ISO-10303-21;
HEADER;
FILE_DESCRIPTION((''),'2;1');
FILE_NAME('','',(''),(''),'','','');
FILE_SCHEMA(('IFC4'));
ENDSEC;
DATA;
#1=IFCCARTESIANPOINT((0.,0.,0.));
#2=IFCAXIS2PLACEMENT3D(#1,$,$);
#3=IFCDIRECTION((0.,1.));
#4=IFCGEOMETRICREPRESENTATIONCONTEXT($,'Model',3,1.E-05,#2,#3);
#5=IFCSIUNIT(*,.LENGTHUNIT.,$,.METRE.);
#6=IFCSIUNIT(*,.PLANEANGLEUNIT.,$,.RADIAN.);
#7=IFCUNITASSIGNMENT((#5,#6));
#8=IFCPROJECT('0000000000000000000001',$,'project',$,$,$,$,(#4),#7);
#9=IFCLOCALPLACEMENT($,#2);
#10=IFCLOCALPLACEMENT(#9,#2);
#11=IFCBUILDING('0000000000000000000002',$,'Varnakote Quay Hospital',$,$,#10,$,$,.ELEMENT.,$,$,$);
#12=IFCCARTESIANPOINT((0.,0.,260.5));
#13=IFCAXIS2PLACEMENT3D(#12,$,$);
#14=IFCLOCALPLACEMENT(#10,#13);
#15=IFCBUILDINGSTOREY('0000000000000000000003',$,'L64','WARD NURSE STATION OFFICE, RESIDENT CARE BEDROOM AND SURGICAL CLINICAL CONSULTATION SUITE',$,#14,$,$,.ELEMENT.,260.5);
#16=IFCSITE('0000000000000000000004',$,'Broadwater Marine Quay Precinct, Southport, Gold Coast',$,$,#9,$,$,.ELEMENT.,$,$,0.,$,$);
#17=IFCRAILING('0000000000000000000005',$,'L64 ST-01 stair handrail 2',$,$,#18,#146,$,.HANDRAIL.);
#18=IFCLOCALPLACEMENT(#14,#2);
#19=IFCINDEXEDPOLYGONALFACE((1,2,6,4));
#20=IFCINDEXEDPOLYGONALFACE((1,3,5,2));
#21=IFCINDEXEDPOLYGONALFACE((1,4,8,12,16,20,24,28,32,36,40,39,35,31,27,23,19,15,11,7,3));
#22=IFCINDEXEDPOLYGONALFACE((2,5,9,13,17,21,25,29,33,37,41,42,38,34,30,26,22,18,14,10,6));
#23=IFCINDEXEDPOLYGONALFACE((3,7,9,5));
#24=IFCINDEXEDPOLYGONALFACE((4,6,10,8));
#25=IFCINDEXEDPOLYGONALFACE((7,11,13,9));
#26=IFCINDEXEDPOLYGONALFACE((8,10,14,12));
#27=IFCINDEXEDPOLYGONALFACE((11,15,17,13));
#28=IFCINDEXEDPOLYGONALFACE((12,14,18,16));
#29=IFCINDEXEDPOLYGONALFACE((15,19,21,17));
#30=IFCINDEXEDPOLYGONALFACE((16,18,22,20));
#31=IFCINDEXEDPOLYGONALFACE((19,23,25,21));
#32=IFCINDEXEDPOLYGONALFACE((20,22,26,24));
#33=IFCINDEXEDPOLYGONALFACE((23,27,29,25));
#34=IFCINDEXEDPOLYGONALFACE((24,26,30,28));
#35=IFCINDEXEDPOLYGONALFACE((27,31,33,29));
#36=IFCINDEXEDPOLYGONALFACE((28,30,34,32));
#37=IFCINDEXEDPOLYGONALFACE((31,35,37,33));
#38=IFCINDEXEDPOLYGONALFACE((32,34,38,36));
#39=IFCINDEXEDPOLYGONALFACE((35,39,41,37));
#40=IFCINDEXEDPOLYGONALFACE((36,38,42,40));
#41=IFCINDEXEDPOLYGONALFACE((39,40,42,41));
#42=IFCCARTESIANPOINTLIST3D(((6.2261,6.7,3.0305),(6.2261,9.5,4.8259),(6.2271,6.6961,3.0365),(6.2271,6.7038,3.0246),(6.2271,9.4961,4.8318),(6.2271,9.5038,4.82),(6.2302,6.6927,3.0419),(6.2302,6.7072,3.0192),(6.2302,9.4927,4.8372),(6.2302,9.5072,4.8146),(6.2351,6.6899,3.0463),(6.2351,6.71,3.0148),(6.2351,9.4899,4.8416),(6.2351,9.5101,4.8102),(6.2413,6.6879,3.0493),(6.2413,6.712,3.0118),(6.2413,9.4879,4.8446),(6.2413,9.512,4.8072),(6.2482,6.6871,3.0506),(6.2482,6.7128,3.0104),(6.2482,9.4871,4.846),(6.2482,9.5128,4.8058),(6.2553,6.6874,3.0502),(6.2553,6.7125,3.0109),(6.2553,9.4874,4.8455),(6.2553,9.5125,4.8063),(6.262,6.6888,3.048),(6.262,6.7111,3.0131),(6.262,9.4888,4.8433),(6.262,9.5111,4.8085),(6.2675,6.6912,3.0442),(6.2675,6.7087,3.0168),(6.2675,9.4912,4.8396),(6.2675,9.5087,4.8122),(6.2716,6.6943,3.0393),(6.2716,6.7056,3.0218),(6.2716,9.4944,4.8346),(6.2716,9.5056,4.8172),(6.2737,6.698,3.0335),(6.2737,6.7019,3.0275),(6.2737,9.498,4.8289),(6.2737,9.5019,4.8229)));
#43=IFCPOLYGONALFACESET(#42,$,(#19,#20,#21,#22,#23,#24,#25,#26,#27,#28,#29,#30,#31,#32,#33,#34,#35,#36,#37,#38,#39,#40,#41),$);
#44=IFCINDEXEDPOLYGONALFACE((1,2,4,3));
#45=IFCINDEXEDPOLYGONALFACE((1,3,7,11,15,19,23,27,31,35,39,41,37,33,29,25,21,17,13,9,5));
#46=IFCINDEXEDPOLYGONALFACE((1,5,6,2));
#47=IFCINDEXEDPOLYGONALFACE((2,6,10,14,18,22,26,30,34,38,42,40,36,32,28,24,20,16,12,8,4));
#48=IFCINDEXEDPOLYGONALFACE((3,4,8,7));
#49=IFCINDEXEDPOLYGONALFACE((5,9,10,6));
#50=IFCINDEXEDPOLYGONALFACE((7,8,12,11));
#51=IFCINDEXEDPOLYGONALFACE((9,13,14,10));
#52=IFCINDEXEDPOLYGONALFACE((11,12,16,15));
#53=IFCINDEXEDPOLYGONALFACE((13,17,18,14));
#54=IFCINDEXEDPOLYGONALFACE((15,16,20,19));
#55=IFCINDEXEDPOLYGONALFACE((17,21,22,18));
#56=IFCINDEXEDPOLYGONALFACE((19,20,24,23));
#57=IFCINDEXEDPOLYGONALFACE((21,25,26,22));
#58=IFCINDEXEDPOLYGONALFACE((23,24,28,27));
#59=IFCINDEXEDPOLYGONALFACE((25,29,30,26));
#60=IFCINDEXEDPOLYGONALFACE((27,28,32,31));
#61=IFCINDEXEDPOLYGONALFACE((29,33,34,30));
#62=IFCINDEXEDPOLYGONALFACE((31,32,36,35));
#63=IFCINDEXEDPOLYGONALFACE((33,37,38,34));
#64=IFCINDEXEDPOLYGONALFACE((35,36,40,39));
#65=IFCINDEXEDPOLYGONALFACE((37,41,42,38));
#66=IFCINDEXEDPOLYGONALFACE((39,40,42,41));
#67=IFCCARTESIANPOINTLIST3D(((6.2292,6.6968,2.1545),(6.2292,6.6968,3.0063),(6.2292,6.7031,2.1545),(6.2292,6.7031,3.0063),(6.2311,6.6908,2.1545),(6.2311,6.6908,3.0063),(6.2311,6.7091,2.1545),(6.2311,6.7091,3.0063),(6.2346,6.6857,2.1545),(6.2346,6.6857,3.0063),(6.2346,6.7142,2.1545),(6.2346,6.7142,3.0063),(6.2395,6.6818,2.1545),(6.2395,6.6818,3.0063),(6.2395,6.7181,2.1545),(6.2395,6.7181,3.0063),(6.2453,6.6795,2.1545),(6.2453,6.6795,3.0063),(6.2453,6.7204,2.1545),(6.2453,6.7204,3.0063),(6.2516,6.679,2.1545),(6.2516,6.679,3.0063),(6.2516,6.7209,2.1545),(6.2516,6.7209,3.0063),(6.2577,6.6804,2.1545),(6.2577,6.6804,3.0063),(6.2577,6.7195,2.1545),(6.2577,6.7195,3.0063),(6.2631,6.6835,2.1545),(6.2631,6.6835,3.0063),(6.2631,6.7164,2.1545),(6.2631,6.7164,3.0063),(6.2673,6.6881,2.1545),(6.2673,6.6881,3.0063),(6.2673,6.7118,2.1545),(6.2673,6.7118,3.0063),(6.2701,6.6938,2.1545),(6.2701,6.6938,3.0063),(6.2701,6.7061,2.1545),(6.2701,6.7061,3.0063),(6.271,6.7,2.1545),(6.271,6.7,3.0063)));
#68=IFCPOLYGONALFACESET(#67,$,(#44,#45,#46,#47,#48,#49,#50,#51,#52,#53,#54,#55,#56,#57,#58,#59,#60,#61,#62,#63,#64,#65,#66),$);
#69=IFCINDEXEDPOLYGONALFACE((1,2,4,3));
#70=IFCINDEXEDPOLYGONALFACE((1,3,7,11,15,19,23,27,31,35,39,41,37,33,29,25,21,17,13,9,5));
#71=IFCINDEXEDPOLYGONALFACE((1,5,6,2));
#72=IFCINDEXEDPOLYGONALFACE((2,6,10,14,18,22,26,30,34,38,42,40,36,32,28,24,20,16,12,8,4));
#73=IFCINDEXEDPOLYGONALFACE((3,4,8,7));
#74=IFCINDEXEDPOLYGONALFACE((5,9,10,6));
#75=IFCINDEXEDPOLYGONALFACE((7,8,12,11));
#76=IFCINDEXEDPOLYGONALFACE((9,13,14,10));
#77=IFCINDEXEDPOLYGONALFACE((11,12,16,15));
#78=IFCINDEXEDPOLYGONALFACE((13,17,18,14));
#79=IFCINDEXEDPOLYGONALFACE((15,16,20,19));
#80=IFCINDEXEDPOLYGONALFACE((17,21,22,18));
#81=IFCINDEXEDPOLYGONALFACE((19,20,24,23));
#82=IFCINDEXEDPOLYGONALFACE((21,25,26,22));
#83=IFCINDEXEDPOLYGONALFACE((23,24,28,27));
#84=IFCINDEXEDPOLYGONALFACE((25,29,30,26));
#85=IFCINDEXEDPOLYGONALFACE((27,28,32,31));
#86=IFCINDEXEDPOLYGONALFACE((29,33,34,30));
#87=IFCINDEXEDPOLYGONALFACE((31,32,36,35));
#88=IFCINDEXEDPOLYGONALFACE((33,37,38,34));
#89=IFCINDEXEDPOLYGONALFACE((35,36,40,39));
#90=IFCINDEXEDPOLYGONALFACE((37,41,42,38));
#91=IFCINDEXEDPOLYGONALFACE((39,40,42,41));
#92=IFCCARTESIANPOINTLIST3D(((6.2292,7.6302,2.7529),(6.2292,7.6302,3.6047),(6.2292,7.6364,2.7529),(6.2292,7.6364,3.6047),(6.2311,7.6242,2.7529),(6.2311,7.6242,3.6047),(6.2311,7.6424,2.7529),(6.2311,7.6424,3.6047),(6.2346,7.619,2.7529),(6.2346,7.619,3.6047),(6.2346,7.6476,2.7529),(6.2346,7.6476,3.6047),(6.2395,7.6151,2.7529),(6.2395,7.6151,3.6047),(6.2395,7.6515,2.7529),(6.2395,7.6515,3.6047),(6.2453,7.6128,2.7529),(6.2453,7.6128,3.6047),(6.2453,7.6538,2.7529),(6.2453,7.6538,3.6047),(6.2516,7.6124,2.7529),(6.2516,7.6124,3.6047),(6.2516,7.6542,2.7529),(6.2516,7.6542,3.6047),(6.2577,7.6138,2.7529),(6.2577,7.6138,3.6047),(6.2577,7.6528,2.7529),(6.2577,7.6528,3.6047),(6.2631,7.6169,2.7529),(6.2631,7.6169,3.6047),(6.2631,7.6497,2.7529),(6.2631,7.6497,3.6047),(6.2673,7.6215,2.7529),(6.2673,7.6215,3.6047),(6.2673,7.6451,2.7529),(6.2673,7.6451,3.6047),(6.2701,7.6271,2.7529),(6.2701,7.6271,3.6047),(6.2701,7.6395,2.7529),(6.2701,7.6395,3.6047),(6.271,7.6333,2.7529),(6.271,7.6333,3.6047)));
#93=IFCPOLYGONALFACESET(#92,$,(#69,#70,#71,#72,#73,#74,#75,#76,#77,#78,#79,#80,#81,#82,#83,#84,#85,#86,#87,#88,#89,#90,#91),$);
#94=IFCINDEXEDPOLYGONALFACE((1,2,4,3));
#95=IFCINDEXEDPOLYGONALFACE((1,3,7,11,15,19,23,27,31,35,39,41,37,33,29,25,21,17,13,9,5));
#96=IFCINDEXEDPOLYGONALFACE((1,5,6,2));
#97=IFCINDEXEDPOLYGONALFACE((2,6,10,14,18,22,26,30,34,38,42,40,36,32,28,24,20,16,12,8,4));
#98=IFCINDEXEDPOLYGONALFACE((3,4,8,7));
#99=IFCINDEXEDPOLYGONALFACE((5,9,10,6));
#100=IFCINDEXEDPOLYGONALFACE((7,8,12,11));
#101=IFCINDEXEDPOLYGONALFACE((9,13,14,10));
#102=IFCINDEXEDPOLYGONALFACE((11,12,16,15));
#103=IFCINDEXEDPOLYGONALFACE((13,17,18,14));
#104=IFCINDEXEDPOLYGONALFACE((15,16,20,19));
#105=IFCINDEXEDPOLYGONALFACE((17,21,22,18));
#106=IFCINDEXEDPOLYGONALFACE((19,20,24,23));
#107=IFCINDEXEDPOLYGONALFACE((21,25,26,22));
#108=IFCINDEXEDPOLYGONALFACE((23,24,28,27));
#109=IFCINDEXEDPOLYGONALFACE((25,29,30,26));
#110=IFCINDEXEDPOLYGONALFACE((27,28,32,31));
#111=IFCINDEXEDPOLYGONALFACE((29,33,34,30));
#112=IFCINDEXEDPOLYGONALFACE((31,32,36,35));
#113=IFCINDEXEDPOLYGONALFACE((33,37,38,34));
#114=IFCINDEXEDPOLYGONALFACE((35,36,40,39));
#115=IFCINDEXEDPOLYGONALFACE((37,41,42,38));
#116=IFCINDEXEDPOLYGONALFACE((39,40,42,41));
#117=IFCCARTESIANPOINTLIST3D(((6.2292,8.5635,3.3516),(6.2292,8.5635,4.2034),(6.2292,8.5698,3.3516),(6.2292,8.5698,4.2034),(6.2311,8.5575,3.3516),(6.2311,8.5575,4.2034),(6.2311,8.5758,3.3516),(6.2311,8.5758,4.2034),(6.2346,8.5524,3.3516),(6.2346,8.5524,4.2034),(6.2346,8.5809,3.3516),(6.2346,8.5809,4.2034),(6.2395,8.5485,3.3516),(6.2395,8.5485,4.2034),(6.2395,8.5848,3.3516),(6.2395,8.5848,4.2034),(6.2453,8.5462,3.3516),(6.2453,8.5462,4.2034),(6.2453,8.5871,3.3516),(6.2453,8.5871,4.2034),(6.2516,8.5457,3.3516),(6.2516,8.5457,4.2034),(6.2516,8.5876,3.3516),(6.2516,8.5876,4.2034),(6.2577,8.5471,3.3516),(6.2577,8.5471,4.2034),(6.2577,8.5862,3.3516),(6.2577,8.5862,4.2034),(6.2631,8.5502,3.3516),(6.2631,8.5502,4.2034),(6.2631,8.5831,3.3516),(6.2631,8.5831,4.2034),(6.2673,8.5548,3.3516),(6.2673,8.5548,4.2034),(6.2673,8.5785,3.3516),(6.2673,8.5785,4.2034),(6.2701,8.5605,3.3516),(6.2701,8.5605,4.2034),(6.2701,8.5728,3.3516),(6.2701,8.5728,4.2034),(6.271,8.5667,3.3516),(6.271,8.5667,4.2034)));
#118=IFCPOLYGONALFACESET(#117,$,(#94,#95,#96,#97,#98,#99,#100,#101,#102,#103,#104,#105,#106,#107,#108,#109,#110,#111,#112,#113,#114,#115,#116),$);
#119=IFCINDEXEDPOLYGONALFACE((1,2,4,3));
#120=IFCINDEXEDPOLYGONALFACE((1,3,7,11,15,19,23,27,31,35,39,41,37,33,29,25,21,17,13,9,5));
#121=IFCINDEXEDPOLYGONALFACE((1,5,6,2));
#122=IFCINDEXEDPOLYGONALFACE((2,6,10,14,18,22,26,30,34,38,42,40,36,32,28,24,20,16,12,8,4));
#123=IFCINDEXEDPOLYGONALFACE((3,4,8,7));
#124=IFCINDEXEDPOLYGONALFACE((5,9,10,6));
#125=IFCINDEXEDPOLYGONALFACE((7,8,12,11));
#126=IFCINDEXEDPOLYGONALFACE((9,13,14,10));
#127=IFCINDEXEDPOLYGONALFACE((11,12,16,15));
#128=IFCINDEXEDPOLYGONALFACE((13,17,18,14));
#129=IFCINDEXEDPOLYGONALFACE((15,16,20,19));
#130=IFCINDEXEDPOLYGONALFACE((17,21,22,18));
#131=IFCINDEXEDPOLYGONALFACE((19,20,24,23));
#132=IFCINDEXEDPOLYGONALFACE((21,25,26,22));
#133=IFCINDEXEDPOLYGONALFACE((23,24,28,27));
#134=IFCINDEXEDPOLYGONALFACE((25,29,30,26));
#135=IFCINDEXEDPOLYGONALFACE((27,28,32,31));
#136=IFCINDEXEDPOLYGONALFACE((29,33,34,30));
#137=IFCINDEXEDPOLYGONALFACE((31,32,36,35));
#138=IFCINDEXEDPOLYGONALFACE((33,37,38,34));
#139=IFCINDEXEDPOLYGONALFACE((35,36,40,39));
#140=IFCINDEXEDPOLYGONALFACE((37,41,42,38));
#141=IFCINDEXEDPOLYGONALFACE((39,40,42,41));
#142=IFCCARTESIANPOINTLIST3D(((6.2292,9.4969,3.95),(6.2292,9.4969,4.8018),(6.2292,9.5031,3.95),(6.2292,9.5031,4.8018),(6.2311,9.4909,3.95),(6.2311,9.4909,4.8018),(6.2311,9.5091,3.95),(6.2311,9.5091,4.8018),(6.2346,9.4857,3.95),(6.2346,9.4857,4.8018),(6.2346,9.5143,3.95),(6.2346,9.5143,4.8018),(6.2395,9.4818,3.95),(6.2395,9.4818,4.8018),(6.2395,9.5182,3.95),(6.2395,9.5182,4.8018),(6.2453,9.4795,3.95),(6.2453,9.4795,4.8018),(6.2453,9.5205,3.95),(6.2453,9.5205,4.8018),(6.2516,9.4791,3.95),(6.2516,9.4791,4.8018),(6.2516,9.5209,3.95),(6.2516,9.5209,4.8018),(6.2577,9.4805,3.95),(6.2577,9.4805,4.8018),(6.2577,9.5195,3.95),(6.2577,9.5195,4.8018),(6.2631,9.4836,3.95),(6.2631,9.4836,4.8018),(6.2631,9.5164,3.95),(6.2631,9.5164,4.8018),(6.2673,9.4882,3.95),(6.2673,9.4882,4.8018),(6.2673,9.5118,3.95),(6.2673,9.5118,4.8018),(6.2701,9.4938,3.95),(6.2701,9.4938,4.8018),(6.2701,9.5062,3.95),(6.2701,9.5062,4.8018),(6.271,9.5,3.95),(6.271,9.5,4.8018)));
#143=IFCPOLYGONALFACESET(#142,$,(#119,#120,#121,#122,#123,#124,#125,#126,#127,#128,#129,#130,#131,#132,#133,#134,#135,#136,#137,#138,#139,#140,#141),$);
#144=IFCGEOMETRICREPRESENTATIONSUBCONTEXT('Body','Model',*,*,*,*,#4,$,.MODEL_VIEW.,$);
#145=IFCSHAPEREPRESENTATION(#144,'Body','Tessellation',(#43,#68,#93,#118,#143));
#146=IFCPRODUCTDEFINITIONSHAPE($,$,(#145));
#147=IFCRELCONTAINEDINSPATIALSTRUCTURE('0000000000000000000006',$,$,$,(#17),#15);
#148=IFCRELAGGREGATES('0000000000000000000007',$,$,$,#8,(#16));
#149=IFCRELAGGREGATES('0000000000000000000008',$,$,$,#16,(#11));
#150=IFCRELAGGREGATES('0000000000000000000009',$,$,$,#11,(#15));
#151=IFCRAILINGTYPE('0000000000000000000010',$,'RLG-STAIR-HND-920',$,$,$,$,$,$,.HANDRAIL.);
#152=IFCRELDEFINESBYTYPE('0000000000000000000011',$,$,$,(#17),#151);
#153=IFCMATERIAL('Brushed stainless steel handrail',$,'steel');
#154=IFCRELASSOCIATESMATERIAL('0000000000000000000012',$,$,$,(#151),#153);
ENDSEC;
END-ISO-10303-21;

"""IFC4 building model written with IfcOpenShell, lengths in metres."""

from ifc_helpers import new_model, si_unit, direction, frame, origin, origin_2d, place, context, subcontext, project, spatial, circle, extrude, material, type_object, element, save


model = new_model("IFC4")

# Units and contexts
model_context = context("Model", 3, precision=1e-05, world=origin(), true_north=direction((0.0, 1.0)))
body_context = subcontext(model_context, "Body", "Model", "MODEL_VIEW")
ifc_project = project(units=[si_unit("LENGTHUNIT", "METRE"), si_unit("PLANEANGLEUNIT", "RADIAN")], contexts=[model_context])

# Site, building, storey
site_placement = place(None, origin())
site = spatial("IfcSite", under=ifc_project, at=site_placement, Name="Broadwater Marine Quay Precinct, Southport, Gold Coast", CompositionType="ELEMENT", RefElevation=0.0)
building_placement = place(site_placement, origin())
building = spatial("IfcBuilding", under=site, at=building_placement, Name="Varnakote Quay Hospital", CompositionType="ELEMENT")
storey_placement = place(building_placement, frame((0.0, 0.0, 260.5)))
storey = spatial("IfcBuildingStorey", under=building, at=storey_placement, Name="L64", Description="WARD NURSE STATION OFFICE, RESIDENT CARE BEDROOM AND SURGICAL CLINICAL CONSULTATION SUITE", CompositionType="ELEMENT", Elevation=260.5)

# Railing
ifc_material_1 = material(Name="Brushed stainless steel handrail", Category="steel")
railing_type_1 = type_object("IfcRailingType", Name="RLG-STAIR-HND-920", PredefinedType="HANDRAIL", material=ifc_material_1)
railing_1_placement = place(storey_placement, frame((6.25, 6.7, 2.1545)))
element("IfcRailing", 1, at=railing_1_placement, inside=storey, type_object=railing_type_1, Name="L64 ST-01 stair handrail 2", PredefinedType="HANDRAIL", context=body_context, shape_type="SweptSolid", body=[
    extrude(circle(Radius=0.0239, at=origin_2d()), frame((0.0, 0.0, 0.876), z_axis=(0.0, 0.84181, 0.539774), x_axis=(-1.0, 0.0, 0.0)), (0.0, 0.0, 1.0), 3.3262),
    extrude(circle(Radius=0.021, at=origin_2d()), origin(), (0.0, 0.0, 1.0), 0.8518),
    extrude(circle(Radius=0.021, at=origin_2d()), frame((0.0, 0.9333, 0.5984)), (0.0, 0.0, 1.0), 0.8518),
    extrude(circle(Radius=0.021, at=origin_2d()), frame((0.0, 1.8667, 1.197)), (0.0, 0.0, 1.0), 0.8518),
    extrude(circle(Radius=0.021, at=origin_2d()), frame((0.0, 2.8, 1.7954)), (0.0, 0.0, 1.0), 0.8518),
])

save(model, "model.ifc")
